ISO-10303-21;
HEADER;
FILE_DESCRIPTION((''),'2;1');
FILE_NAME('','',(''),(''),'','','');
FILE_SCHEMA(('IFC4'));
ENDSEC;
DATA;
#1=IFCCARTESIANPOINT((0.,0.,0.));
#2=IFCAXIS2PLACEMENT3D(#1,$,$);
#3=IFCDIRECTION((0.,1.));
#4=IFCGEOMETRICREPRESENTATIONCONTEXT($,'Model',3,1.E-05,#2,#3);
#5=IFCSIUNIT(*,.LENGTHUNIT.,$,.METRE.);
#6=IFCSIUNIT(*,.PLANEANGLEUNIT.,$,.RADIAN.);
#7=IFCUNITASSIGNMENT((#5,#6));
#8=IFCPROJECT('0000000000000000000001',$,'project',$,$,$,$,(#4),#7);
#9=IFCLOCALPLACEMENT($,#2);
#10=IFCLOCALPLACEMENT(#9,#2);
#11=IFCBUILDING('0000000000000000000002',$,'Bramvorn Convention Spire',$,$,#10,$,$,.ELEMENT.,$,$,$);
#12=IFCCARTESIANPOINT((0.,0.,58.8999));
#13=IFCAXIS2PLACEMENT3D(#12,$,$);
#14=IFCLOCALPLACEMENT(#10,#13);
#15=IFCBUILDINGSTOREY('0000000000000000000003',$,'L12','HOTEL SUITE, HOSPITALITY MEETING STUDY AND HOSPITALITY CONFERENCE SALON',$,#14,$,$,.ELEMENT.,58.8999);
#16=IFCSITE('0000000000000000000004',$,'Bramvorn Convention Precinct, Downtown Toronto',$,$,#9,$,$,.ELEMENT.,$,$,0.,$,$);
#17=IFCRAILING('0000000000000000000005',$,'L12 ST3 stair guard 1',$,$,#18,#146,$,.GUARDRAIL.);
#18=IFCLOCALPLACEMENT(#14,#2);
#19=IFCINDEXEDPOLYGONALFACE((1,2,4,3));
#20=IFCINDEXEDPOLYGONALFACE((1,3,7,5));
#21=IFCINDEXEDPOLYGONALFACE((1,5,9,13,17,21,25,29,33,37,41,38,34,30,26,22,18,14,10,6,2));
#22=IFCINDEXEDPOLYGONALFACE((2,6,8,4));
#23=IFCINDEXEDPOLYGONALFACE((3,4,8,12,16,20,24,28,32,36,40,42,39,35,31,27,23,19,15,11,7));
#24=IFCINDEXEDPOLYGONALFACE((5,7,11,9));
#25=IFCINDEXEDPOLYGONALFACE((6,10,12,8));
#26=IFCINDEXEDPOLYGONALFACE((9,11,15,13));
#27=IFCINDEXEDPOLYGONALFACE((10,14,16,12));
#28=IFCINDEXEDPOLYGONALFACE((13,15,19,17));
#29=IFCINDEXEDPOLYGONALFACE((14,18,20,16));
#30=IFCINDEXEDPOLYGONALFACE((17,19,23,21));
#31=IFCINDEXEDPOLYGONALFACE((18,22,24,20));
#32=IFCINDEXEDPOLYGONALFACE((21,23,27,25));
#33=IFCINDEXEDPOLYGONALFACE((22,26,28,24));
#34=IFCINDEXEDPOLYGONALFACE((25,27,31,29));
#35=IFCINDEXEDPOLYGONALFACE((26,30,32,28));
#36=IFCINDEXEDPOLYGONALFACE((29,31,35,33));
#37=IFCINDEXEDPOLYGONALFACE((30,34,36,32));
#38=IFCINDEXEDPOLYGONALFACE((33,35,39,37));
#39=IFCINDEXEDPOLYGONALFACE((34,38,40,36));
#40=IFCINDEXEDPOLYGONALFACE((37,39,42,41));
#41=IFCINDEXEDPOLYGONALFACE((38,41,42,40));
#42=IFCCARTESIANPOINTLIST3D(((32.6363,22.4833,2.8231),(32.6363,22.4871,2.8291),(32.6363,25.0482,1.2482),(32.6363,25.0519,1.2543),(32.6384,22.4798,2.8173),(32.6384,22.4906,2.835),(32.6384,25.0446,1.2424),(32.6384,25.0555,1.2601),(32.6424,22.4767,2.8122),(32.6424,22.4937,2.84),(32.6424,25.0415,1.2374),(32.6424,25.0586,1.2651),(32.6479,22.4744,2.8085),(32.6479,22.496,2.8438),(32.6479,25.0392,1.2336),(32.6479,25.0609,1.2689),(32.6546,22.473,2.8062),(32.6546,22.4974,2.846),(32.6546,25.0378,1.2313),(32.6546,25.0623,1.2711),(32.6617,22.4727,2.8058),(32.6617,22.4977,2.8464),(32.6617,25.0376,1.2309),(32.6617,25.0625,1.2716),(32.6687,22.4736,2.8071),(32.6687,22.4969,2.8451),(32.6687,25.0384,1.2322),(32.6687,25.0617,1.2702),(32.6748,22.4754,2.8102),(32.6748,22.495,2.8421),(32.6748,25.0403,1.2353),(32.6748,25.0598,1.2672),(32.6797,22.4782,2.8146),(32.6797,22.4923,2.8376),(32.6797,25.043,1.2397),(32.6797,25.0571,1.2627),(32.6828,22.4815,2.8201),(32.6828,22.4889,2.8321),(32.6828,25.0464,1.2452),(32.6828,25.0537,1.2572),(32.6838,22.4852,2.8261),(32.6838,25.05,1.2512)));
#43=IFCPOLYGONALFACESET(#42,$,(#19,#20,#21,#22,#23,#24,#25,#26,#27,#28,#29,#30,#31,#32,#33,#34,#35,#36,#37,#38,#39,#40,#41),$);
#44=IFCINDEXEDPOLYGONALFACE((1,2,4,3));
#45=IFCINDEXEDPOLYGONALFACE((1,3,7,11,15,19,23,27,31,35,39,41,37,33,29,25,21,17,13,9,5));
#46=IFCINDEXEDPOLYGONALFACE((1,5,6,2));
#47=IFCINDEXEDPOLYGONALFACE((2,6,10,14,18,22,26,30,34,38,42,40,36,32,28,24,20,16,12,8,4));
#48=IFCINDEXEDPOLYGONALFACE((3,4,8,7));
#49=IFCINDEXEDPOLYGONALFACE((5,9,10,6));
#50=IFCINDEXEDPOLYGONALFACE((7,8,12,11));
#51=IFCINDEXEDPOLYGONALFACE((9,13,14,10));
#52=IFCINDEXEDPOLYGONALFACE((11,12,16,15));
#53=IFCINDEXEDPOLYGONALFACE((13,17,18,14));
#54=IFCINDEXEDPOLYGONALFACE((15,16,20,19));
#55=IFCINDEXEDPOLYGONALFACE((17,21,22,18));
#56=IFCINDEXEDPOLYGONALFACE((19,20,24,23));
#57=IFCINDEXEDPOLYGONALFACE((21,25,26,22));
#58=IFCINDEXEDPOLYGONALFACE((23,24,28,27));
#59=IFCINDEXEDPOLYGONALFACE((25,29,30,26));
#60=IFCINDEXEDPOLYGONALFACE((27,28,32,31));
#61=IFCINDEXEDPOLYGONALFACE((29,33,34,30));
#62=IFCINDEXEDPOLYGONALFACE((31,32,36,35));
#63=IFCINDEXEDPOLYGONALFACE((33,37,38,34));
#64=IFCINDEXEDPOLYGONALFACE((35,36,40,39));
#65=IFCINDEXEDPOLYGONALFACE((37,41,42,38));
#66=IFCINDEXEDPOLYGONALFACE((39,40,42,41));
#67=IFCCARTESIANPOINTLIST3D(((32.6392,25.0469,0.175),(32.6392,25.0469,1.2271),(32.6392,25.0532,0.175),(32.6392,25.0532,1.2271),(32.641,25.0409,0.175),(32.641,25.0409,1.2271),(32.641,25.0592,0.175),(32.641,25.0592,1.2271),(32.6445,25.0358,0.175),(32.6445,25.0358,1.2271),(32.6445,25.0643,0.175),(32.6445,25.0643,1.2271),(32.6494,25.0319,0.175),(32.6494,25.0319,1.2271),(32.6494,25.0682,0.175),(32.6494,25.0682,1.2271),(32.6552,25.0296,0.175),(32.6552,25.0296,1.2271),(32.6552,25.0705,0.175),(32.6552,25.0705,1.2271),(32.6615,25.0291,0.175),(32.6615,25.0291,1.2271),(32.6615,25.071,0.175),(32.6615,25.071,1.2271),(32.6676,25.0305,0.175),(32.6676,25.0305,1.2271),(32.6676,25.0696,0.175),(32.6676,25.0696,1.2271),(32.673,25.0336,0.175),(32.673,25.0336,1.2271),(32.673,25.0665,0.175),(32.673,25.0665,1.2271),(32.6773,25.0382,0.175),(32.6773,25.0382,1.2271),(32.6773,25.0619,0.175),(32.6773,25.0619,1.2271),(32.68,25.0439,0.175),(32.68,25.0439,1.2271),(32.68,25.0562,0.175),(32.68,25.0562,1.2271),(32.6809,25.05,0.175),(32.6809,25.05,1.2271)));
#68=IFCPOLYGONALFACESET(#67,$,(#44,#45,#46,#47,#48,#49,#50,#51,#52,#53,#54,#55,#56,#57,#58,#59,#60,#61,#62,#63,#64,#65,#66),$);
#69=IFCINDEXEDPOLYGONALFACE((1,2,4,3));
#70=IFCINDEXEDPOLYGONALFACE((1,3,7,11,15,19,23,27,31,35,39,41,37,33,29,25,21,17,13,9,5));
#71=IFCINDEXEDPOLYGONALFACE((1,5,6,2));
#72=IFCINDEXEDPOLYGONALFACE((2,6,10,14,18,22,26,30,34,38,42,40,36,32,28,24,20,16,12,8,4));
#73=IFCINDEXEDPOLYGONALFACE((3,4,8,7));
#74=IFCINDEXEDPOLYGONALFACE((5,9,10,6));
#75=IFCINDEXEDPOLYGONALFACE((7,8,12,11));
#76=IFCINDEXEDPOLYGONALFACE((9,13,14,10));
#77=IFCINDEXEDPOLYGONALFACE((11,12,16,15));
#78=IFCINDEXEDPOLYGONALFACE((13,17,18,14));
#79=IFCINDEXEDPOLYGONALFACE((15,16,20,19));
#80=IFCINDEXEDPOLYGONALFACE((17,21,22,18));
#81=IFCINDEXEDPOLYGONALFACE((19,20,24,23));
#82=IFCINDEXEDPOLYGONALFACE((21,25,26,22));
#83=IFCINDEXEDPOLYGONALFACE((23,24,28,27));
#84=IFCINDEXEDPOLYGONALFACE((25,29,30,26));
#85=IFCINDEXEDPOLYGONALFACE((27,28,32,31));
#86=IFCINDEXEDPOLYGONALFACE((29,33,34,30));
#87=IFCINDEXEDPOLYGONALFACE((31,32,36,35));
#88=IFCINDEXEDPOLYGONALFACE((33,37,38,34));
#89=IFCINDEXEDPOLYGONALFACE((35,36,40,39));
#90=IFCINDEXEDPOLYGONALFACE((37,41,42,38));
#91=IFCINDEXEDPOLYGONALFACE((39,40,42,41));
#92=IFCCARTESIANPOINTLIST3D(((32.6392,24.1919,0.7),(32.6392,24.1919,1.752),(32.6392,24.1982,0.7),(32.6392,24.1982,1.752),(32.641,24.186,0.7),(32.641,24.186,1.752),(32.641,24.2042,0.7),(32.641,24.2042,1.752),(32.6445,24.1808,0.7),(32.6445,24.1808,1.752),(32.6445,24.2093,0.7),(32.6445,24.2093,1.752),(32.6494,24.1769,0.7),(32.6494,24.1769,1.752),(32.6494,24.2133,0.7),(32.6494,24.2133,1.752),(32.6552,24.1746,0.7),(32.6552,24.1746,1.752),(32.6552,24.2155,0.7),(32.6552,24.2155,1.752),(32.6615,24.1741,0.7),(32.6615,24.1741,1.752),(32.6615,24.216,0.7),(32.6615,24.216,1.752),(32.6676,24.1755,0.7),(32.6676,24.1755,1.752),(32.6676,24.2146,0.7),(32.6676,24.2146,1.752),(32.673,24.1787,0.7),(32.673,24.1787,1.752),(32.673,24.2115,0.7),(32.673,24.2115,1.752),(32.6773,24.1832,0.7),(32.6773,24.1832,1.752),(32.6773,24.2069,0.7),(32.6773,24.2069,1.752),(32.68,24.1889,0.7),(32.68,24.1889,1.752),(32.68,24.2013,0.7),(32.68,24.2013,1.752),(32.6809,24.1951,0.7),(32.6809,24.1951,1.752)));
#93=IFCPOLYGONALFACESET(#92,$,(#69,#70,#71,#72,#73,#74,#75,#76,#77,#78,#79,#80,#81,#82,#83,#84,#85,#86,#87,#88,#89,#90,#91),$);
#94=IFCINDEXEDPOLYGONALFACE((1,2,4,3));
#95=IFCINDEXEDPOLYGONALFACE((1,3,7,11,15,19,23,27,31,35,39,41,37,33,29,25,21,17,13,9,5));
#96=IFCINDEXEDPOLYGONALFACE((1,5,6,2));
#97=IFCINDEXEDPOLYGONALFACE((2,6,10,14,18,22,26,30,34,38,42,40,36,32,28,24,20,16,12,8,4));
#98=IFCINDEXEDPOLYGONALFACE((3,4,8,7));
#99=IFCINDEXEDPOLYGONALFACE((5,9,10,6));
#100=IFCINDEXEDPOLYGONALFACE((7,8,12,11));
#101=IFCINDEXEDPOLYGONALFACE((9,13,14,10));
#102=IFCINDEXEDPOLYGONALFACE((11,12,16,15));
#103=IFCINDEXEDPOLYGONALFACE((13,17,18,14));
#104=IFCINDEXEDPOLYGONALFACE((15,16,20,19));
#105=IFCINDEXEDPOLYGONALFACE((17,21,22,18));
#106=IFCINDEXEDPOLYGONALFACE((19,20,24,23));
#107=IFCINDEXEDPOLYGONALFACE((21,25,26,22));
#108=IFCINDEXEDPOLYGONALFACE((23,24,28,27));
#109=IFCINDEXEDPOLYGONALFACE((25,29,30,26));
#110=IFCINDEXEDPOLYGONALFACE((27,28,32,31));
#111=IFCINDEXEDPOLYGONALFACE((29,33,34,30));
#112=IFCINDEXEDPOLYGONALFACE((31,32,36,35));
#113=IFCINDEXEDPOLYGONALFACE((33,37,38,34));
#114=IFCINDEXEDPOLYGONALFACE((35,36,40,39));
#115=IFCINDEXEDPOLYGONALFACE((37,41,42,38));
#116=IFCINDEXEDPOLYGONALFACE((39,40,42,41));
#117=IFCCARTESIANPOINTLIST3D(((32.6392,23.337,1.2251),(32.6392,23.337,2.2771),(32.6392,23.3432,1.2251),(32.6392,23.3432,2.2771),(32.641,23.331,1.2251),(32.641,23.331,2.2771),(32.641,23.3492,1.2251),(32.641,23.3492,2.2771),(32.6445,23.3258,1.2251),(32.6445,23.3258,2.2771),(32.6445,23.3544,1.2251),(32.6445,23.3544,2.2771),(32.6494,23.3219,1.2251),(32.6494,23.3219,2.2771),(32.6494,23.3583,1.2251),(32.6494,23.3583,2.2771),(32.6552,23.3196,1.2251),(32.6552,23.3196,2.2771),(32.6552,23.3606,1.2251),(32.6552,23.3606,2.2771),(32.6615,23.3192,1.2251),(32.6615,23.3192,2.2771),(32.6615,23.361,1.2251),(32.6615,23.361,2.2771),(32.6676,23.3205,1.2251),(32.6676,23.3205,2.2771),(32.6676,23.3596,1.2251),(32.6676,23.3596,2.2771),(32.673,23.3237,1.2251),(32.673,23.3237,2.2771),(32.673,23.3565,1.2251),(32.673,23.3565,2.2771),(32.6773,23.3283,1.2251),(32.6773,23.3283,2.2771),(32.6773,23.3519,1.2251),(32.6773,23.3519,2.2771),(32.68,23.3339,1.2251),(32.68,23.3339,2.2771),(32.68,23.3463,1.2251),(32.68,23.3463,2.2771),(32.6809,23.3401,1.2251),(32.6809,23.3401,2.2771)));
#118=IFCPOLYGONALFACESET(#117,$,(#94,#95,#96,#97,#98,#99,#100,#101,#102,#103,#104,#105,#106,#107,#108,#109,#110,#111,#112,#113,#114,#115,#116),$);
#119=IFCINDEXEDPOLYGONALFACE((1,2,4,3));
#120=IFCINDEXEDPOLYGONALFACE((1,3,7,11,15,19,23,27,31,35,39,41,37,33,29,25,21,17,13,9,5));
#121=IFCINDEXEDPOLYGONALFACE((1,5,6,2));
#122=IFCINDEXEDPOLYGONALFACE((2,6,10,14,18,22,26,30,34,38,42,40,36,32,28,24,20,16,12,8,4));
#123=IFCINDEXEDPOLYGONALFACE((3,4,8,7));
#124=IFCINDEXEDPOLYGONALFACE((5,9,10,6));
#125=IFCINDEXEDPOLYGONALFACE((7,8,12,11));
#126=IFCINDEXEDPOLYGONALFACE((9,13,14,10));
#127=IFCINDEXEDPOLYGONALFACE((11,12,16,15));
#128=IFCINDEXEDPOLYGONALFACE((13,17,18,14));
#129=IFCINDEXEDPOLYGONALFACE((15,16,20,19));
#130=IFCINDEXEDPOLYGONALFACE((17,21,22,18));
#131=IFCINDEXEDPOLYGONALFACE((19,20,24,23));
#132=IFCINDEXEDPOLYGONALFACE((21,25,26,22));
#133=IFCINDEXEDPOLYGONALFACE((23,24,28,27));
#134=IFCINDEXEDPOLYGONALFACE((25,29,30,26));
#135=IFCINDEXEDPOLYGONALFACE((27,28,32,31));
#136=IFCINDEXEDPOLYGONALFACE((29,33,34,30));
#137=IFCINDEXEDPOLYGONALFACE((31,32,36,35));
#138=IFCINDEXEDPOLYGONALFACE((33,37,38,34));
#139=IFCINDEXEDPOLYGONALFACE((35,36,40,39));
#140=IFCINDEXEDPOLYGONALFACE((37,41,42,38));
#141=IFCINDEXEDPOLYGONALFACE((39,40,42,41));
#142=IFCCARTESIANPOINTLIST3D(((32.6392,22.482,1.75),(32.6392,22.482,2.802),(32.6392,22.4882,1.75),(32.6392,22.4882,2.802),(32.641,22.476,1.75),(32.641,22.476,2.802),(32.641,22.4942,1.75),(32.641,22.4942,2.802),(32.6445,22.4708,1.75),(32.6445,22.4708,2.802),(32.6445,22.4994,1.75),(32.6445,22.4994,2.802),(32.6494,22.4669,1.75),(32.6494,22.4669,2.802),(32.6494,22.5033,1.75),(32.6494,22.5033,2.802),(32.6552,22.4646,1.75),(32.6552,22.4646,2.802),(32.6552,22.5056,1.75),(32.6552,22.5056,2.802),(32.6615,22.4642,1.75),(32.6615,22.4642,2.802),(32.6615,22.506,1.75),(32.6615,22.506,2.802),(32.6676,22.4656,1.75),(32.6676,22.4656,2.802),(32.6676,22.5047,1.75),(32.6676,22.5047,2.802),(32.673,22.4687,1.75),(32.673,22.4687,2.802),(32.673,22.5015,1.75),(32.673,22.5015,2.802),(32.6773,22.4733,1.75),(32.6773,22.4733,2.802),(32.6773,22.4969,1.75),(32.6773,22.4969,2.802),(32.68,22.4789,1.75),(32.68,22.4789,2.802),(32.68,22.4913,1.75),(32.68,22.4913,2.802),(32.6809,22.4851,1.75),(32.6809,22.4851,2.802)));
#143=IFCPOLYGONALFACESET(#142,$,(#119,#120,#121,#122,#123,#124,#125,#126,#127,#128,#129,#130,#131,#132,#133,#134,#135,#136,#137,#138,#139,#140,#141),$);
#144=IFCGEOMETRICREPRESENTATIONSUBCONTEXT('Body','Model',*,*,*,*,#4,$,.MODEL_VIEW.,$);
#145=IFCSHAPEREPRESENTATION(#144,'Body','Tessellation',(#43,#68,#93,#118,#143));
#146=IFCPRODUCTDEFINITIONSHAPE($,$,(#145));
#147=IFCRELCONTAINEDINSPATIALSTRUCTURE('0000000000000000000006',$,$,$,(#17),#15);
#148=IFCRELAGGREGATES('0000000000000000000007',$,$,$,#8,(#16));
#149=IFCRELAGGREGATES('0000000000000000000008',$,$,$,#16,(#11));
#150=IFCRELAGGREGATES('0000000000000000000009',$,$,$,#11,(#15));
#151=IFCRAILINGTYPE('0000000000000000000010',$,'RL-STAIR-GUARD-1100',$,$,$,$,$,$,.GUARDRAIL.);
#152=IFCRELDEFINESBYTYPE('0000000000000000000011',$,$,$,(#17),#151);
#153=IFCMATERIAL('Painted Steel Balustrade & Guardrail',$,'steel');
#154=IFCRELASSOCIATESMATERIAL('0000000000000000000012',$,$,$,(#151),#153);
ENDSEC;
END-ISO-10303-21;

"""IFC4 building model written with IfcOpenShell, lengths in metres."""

from ifc_helpers import new_model, si_unit, direction, frame, origin, origin_2d, place, context, subcontext, project, spatial, circle, extrude, material, type_object, element, save


model = new_model("IFC4")

# Units and contexts
model_context = context("Model", 3, precision=1e-05, world=origin(), true_north=direction((0.0, 1.0)))
body_context = subcontext(model_context, "Body", "Model", "MODEL_VIEW")
ifc_project = project(units=[si_unit("LENGTHUNIT", "METRE"), si_unit("PLANEANGLEUNIT", "RADIAN")], contexts=[model_context])

# Site, building, storey
site_placement = place(None, origin())
site = spatial("IfcSite", under=ifc_project, at=site_placement, Name="Bramvorn Convention Precinct, Downtown Toronto", CompositionType="ELEMENT", RefElevation=0.0)
building_placement = place(site_placement, origin())
building = spatial("IfcBuilding", under=site, at=building_placement, Name="Bramvorn Convention Spire", CompositionType="ELEMENT")
storey_placement = place(building_placement, frame((0.0, 0.0, 58.8999)))
storey = spatial("IfcBuildingStorey", under=building, at=storey_placement, Name="L12", Description="HOTEL SUITE, HOSPITALITY MEETING STUDY AND HOSPITALITY CONFERENCE SALON", CompositionType="ELEMENT", Elevation=58.8999)

# Railing
ifc_material_1 = material(Name="Painted Steel Balustrade & Guardrail", Category="steel")
railing_type_1 = type_object("IfcRailingType", Name="RL-STAIR-GUARD-1100", PredefinedType="GUARDRAIL", material=ifc_material_1)
railing_1_placement = place(storey_placement, frame((32.6599, 25.05, 0.175)))
element("IfcRailing", 1, at=railing_1_placement, inside=storey, type_object=railing_type_1, Name="L12 ST3 stair guard 1", PredefinedType="GUARDRAIL", context=body_context, shape_type="SweptSolid", body=[
    extrude(circle(Radius=0.0239, at=origin_2d()), frame((0.0, 0.0, 1.0762), z_axis=(0.0, -0.852173, 0.52326), x_axis=(1.0, 0.0, 0.0)), (0.0, 0.0, 1.0), 3.0098),
    extrude(circle(Radius=0.021, at=origin_2d()), origin(), (0.0, 0.0, 1.0), 1.052),
    extrude(circle(Radius=0.021, at=origin_2d()), frame((0.0, -0.855, 0.5249)), (0.0, 0.0, 1.0), 1.052),
    extrude(circle(Radius=0.021, at=origin_2d()), frame((0.0, -1.71, 1.05)), (0.0, 0.0, 1.0), 1.052),
    extrude(circle(Radius=0.021, at=origin_2d()), frame((0.0, -2.5649, 1.575)), (0.0, 0.0, 1.0), 1.052),
])

save(model, "model.ifc")
